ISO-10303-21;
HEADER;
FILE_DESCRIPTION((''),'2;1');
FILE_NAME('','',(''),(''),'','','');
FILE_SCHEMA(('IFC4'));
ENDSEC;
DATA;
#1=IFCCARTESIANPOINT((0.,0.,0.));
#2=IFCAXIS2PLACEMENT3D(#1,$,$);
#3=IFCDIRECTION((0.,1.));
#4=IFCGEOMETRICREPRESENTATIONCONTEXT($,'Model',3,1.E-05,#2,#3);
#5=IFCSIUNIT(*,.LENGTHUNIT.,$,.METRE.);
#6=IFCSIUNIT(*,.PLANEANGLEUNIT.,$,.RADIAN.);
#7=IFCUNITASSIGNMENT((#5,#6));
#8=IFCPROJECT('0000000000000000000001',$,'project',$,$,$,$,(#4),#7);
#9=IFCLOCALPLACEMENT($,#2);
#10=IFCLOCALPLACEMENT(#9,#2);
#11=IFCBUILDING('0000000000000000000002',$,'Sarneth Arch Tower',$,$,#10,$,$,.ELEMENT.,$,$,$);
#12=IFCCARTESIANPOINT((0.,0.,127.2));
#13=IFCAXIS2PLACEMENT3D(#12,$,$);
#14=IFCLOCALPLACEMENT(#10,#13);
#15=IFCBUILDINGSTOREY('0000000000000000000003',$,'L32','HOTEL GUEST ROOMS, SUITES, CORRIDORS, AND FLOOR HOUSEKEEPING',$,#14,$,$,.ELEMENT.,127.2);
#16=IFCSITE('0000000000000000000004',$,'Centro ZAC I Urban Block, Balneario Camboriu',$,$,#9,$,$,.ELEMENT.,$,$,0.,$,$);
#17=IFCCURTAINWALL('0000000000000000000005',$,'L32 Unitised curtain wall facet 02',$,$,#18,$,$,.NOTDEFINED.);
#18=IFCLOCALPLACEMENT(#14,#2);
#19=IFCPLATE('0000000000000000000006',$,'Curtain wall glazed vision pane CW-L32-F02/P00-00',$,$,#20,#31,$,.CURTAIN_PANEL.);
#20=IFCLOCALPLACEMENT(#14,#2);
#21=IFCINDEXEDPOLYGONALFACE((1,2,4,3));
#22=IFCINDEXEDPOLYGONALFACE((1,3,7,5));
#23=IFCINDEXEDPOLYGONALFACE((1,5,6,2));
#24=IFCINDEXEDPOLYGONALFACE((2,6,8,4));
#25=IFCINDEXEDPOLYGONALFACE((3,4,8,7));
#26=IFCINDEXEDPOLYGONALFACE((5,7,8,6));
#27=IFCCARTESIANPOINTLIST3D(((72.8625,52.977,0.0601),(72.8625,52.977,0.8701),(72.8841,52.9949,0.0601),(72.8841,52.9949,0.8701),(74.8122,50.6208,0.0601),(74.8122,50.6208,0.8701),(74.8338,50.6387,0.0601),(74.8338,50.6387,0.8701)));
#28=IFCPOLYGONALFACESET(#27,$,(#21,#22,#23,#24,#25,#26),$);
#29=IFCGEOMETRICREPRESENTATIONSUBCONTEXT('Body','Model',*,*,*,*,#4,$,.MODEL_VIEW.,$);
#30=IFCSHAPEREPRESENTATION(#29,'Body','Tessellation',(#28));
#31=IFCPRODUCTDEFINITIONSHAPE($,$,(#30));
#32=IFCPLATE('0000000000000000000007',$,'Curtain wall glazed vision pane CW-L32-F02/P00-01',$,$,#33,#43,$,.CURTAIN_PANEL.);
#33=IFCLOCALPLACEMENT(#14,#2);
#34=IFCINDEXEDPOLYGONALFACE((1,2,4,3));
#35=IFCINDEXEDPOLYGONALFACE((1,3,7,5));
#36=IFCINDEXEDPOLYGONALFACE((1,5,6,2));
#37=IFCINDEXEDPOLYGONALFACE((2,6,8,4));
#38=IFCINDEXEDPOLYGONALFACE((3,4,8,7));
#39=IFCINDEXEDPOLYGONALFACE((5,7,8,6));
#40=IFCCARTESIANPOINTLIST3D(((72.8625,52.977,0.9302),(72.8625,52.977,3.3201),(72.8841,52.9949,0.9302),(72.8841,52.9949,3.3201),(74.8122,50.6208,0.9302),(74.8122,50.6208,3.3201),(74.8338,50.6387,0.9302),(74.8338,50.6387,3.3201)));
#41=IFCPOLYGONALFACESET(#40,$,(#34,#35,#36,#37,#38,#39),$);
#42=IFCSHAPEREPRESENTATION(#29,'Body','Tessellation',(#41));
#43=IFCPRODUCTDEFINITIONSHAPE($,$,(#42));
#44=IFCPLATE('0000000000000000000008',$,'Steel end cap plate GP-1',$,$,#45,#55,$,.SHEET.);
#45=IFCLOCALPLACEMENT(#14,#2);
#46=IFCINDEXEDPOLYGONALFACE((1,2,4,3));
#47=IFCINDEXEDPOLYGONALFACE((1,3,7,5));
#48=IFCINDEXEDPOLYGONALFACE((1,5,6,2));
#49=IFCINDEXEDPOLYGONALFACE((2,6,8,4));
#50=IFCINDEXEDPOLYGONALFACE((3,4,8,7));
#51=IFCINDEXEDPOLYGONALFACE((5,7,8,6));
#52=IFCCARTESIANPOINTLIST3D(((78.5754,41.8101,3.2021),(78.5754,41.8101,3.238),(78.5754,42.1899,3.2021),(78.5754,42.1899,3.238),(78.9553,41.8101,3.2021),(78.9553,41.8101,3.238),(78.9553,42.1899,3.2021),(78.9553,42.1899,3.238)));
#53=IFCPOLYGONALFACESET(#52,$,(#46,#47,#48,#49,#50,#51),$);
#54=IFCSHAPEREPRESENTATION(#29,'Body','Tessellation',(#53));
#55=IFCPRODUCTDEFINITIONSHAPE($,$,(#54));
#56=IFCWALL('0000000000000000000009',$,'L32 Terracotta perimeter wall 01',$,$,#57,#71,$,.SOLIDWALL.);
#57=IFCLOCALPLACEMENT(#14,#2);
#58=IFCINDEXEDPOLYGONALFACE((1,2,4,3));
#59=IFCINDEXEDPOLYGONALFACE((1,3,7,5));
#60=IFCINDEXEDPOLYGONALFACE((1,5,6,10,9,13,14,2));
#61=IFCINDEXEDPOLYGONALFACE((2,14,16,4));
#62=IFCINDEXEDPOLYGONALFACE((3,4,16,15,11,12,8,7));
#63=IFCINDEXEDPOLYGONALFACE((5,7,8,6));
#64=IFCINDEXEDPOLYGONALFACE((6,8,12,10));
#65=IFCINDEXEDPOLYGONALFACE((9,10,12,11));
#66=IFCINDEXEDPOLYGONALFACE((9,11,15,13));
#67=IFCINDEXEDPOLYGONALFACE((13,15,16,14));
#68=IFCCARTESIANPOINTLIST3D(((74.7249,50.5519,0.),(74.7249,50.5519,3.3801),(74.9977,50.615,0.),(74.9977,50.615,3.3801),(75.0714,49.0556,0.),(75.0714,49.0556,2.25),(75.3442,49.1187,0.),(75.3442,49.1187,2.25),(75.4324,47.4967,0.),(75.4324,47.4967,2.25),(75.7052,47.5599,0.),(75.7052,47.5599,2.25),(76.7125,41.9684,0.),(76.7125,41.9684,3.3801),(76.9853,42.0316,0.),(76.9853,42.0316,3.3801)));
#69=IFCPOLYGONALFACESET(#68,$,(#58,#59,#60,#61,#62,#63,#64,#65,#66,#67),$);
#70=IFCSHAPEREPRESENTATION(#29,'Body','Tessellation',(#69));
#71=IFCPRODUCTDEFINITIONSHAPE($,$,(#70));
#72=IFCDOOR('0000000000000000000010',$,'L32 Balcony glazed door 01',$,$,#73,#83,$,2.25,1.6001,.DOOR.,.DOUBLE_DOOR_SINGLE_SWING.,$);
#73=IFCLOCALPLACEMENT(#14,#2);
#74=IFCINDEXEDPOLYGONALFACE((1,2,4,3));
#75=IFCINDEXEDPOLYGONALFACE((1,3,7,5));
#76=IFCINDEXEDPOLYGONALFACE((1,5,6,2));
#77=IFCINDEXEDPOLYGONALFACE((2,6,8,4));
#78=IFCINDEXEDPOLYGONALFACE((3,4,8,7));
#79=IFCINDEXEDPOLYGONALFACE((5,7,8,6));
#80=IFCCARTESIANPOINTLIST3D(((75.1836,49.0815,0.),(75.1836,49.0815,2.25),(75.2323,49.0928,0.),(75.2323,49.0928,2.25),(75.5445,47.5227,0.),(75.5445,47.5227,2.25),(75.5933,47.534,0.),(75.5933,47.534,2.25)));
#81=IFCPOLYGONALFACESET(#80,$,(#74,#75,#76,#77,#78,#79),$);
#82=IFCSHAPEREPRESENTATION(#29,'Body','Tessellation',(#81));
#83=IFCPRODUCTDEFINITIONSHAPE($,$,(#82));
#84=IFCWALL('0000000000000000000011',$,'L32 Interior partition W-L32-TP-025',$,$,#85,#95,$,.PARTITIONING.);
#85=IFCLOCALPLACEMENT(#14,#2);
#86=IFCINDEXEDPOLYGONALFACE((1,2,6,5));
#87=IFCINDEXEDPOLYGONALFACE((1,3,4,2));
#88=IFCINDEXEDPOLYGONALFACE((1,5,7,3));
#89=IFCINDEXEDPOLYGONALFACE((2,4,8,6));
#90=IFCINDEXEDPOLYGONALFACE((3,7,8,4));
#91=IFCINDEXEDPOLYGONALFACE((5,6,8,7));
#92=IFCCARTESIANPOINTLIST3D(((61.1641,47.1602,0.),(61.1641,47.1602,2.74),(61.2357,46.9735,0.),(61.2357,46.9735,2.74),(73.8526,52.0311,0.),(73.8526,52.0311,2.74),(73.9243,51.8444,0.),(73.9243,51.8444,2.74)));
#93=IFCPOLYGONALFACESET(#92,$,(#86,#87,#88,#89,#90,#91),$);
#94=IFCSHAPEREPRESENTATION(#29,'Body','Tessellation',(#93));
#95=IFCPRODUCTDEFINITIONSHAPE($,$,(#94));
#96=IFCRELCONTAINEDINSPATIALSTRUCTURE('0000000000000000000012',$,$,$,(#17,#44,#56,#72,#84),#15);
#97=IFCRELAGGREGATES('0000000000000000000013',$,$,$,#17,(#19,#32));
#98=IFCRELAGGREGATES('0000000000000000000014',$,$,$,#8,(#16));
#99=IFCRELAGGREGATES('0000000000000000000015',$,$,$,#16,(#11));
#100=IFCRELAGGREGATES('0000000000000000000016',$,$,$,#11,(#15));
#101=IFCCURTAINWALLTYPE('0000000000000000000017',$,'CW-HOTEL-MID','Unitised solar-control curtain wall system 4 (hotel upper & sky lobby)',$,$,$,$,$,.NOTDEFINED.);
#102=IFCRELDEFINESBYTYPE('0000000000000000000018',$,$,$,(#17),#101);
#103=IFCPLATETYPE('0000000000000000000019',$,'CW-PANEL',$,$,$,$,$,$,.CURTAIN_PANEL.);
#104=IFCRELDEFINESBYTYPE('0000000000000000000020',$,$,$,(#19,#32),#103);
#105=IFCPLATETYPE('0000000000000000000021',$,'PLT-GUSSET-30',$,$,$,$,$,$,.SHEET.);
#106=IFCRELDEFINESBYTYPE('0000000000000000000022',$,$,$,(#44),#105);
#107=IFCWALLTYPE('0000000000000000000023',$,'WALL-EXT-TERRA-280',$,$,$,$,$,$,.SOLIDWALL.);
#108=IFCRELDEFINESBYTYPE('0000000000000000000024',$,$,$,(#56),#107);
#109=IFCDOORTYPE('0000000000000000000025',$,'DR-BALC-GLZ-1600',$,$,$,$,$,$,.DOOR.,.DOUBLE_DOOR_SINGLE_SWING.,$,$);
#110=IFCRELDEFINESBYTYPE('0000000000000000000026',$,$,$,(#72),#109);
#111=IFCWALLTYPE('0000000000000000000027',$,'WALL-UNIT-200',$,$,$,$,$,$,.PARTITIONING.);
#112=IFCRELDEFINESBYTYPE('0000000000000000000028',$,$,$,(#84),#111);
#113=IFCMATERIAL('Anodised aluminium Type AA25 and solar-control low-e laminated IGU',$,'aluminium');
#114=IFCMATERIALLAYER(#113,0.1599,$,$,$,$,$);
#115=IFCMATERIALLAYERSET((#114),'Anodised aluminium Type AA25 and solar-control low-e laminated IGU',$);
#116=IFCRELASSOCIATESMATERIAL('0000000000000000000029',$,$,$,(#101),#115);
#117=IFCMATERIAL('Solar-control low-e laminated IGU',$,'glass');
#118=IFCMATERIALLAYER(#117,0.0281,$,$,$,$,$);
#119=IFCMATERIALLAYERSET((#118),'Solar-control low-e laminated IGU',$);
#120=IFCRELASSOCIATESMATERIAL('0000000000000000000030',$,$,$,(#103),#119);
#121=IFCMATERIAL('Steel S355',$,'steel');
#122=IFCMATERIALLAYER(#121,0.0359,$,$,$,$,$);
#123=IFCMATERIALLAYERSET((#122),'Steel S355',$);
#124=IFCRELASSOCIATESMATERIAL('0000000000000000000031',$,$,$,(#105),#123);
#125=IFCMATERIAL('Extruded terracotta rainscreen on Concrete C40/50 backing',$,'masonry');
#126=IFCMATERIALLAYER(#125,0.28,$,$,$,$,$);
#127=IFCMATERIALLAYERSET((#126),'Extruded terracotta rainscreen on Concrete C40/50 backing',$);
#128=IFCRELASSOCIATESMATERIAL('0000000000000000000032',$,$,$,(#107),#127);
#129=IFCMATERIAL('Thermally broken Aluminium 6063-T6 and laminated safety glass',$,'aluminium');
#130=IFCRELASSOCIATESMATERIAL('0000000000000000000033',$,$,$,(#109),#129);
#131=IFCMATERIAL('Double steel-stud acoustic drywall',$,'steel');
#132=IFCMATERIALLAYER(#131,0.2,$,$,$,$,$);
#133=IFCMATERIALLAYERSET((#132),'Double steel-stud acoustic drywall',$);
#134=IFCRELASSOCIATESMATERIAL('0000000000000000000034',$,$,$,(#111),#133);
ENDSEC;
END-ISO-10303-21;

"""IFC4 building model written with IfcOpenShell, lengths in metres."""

from ifc_helpers import new_model, si_unit, direction, frame, frame_2d, origin, origin_2d, place, context, subcontext, project, spatial, rectangle, extrude, material, layer, layer_set, type_object, element, fill, aggregate, save


model = new_model("IFC4")

# Units and contexts
model_context = context("Model", 3, precision=1e-05, world=origin(), true_north=direction((0.0, 1.0)))
body_context = subcontext(model_context, "Body", "Model", "MODEL_VIEW")
ifc_project = project(units=[si_unit("LENGTHUNIT", "METRE"), si_unit("PLANEANGLEUNIT", "RADIAN")], contexts=[model_context])

# Site, building, storey
site_placement = place(None, origin())
site = spatial("IfcSite", under=ifc_project, at=site_placement, Name="Centro ZAC I Urban Block, Balneario Camboriu", CompositionType="ELEMENT", RefElevation=0.0)
building_placement = place(site_placement, origin())
building = spatial("IfcBuilding", under=site, at=building_placement, Name="Sarneth Arch Tower", CompositionType="ELEMENT")
storey_placement = place(building_placement, frame((0.0, 0.0, 127.2)))
storey = spatial("IfcBuildingStorey", under=building, at=storey_placement, Name="L32", Description="HOTEL GUEST ROOMS, SUITES, CORRIDORS, AND FLOOR HOUSEKEEPING", CompositionType="ELEMENT", Elevation=127.2)

# Curtain wall
ifc_material_1 = material(Name="Anodised aluminium Type AA25 and solar-control low-e laminated IGU", Category="aluminium")
ifc_layer_1 = layer(ifc_material_1, 0.1599)
ifc_layer_set_1 = layer_set([ifc_layer_1], Name="Anodised aluminium Type AA25 and solar-control low-e laminated IGU")
curtain_wall_type = type_object("IfcCurtainWallType", Name="CW-HOTEL-MID", Description="Unitised solar-control curtain wall system 4 (hotel upper & sky lobby)", PredefinedType="NOTDEFINED", material=ifc_layer_set_1)
curtain_wall_placement = place(storey_placement, origin())
curtain_wall = element("IfcCurtainWall", 1, at=curtain_wall_placement, inside=storey, type_object=curtain_wall_type, Name="L32 Unitised curtain wall facet 02", PredefinedType="NOTDEFINED")

# Plates
ifc_material_2 = material(Name="Solar-control low-e laminated IGU", Category="glass")
ifc_layer_2 = layer(ifc_material_2, 0.0281)
ifc_layer_set_2 = layer_set([ifc_layer_2], Name="Solar-control low-e laminated IGU")
plate_type_1 = type_object("IfcPlateType", Name="CW-PANEL", PredefinedType="CURTAIN_PANEL", material=ifc_layer_set_2)
plate_1_placement = place(storey_placement, frame((73.8481, 51.8079, 0.0601), z_axis=(0.0, 0.0, 1.0), x_axis=(-0.637515, 0.770438, 0.0)))
plate_1 = element("IfcPlate", 2, at=plate_1_placement, type_object=plate_type_1, Name="Curtain wall glazed vision pane CW-L32-F02/P00-00", PredefinedType="CURTAIN_PANEL", context=body_context, shape_type="SweptSolid", body=[
    extrude(rectangle(XDim=3.0583, YDim=0.0281, at=origin_2d()), origin(), (0.0, 0.0, 1.0), 0.8101),
])
plate_2_placement = place(storey_placement, frame((73.8481, 51.8079, 0.9302), z_axis=(0.0, 0.0, 1.0), x_axis=(-0.637515, 0.770438, 0.0)))
plate_2 = element("IfcPlate", 3, at=plate_2_placement, type_object=plate_type_1, Name="Curtain wall glazed vision pane CW-L32-F02/P00-01", PredefinedType="CURTAIN_PANEL", context=body_context, shape_type="SweptSolid", body=[
    extrude(rectangle(XDim=3.0583, YDim=0.0281, at=origin_2d()), origin(), (0.0, 0.0, 1.0), 2.3899),
])
aggregate(curtain_wall, [plate_1, plate_2])
ifc_material_3 = material(Name="Steel S355", Category="steel")
ifc_layer_3 = layer(ifc_material_3, 0.0359)
ifc_layer_set_3 = layer_set([ifc_layer_3], Name="Steel S355")
plate_type_2 = type_object("IfcPlateType", Name="PLT-GUSSET-30", PredefinedType="SHEET", material=ifc_layer_set_3)
plate_3_placement = place(storey_placement, frame((78.7654, 42.0, 3.2021), z_axis=(0.0, 0.0, 1.0), x_axis=(1.0, 0.0, 0.0)))
element("IfcPlate", 4, at=plate_3_placement, inside=storey, type_object=plate_type_2, Name="Steel end cap plate GP-1", PredefinedType="SHEET", context=body_context, shape_type="SweptSolid", body=[
    extrude(rectangle(XDim=0.3799, YDim=0.3799, at=origin_2d()), origin(), (0.0, 0.0, 1.0), 0.0359),
])

# Wall, opening, door
ifc_material_4 = material(Name="Extruded terracotta rainscreen on Concrete C40/50 backing", Category="masonry")
ifc_layer_4 = layer(ifc_material_4, 0.28)
ifc_layer_set_4 = layer_set([ifc_layer_4], Name="Extruded terracotta rainscreen on Concrete C40/50 backing")
wall_type_1 = type_object("IfcWallType", Name="WALL-EXT-TERRA-280", PredefinedType="SOLIDWALL", material=ifc_layer_set_4)
wall_1_placement = place(storey_placement, frame((76.8489, 42.0, 0.0), z_axis=(0.0, 0.0, 1.0), x_axis=(-0.225586, 0.974223, 0.0)))
wall_1 = element("IfcWall", 5, at=wall_1_placement, inside=storey, type_object=wall_type_1, Name="L32 Terracotta perimeter wall 01", PredefinedType="SOLIDWALL", context=body_context, shape_type="SweptSolid", body=[
    extrude(rectangle(XDim=8.8105, YDim=0.28, at=frame_2d((4.4053, 0.0))), origin(), (0.0, 0.0, 1.0), 3.3801),
])
opening_placement = place(wall_1_placement, frame((5.6746, 0.0, 0.0)))
opening = element("IfcOpeningElement", 6, at=opening_placement, cuts=wall_1, PredefinedType="OPENING", context=body_context, shape_type="SweptSolid", body=[
    extrude(rectangle(XDim=1.6001, YDim=2.25, at=frame_2d((0.8, 1.125))), frame((0.0, 0.1499, 0.0), z_axis=(0.0, -1.0, 0.0), x_axis=(1.0, 0.0, 0.0)), (0.0, 0.0, 1.0), 0.3),
])
ifc_material_5 = material(Name="Thermally broken Aluminium 6063-T6 and laminated safety glass", Category="aluminium")
door_type = type_object("IfcDoorType", Name="DR-BALC-GLZ-1600", OperationType="DOUBLE_DOOR_SINGLE_SWING", PredefinedType="DOOR", material=ifc_material_5)
door_placement = place(opening_placement, origin())
door = element("IfcDoor", 7, at=door_placement, inside=storey, type_object=door_type, Name="L32 Balcony glazed door 01", OperationType="DOUBLE_DOOR_SINGLE_SWING", OverallHeight=2.25, OverallWidth=1.6001, PredefinedType="DOOR", context=body_context, shape_type="SweptSolid", body=[
    extrude(rectangle(XDim=1.6001, YDim=2.25, at=frame_2d((0.8, 1.125))), frame((0.0, 0.0249, 0.0), z_axis=(0.0, -1.0, 0.0), x_axis=(1.0, 0.0, 0.0)), (0.0, 0.0, 1.0), 0.05),
])
fill(opening, door)

# Wall
ifc_material_6 = material(Name="Double steel-stud acoustic drywall", Category="steel")
ifc_layer_5 = layer(ifc_material_6, 0.2)
ifc_layer_set_5 = layer_set([ifc_layer_5], Name="Double steel-stud acoustic drywall")
wall_type_2 = type_object("IfcWallType", Name="WALL-UNIT-200", PredefinedType="PARTITIONING", material=ifc_layer_set_5)
wall_2_placement = place(storey_placement, frame((73.8884, 51.9377, 0.0), z_axis=(0.0, 0.0, 1.0), x_axis=(-0.933576, -0.358381, 0.0)))
element("IfcWall", 8, at=wall_2_placement, inside=storey, type_object=wall_type_2, Name="L32 Interior partition W-L32-TP-025", PredefinedType="PARTITIONING", context=body_context, shape_type="SweptSolid", body=[
    extrude(rectangle(XDim=13.5913, YDim=0.2, at=frame_2d((6.7957, 0.0))), origin(), (0.0, 0.0, 1.0), 2.74),
])

save(model, "model.ifc")
